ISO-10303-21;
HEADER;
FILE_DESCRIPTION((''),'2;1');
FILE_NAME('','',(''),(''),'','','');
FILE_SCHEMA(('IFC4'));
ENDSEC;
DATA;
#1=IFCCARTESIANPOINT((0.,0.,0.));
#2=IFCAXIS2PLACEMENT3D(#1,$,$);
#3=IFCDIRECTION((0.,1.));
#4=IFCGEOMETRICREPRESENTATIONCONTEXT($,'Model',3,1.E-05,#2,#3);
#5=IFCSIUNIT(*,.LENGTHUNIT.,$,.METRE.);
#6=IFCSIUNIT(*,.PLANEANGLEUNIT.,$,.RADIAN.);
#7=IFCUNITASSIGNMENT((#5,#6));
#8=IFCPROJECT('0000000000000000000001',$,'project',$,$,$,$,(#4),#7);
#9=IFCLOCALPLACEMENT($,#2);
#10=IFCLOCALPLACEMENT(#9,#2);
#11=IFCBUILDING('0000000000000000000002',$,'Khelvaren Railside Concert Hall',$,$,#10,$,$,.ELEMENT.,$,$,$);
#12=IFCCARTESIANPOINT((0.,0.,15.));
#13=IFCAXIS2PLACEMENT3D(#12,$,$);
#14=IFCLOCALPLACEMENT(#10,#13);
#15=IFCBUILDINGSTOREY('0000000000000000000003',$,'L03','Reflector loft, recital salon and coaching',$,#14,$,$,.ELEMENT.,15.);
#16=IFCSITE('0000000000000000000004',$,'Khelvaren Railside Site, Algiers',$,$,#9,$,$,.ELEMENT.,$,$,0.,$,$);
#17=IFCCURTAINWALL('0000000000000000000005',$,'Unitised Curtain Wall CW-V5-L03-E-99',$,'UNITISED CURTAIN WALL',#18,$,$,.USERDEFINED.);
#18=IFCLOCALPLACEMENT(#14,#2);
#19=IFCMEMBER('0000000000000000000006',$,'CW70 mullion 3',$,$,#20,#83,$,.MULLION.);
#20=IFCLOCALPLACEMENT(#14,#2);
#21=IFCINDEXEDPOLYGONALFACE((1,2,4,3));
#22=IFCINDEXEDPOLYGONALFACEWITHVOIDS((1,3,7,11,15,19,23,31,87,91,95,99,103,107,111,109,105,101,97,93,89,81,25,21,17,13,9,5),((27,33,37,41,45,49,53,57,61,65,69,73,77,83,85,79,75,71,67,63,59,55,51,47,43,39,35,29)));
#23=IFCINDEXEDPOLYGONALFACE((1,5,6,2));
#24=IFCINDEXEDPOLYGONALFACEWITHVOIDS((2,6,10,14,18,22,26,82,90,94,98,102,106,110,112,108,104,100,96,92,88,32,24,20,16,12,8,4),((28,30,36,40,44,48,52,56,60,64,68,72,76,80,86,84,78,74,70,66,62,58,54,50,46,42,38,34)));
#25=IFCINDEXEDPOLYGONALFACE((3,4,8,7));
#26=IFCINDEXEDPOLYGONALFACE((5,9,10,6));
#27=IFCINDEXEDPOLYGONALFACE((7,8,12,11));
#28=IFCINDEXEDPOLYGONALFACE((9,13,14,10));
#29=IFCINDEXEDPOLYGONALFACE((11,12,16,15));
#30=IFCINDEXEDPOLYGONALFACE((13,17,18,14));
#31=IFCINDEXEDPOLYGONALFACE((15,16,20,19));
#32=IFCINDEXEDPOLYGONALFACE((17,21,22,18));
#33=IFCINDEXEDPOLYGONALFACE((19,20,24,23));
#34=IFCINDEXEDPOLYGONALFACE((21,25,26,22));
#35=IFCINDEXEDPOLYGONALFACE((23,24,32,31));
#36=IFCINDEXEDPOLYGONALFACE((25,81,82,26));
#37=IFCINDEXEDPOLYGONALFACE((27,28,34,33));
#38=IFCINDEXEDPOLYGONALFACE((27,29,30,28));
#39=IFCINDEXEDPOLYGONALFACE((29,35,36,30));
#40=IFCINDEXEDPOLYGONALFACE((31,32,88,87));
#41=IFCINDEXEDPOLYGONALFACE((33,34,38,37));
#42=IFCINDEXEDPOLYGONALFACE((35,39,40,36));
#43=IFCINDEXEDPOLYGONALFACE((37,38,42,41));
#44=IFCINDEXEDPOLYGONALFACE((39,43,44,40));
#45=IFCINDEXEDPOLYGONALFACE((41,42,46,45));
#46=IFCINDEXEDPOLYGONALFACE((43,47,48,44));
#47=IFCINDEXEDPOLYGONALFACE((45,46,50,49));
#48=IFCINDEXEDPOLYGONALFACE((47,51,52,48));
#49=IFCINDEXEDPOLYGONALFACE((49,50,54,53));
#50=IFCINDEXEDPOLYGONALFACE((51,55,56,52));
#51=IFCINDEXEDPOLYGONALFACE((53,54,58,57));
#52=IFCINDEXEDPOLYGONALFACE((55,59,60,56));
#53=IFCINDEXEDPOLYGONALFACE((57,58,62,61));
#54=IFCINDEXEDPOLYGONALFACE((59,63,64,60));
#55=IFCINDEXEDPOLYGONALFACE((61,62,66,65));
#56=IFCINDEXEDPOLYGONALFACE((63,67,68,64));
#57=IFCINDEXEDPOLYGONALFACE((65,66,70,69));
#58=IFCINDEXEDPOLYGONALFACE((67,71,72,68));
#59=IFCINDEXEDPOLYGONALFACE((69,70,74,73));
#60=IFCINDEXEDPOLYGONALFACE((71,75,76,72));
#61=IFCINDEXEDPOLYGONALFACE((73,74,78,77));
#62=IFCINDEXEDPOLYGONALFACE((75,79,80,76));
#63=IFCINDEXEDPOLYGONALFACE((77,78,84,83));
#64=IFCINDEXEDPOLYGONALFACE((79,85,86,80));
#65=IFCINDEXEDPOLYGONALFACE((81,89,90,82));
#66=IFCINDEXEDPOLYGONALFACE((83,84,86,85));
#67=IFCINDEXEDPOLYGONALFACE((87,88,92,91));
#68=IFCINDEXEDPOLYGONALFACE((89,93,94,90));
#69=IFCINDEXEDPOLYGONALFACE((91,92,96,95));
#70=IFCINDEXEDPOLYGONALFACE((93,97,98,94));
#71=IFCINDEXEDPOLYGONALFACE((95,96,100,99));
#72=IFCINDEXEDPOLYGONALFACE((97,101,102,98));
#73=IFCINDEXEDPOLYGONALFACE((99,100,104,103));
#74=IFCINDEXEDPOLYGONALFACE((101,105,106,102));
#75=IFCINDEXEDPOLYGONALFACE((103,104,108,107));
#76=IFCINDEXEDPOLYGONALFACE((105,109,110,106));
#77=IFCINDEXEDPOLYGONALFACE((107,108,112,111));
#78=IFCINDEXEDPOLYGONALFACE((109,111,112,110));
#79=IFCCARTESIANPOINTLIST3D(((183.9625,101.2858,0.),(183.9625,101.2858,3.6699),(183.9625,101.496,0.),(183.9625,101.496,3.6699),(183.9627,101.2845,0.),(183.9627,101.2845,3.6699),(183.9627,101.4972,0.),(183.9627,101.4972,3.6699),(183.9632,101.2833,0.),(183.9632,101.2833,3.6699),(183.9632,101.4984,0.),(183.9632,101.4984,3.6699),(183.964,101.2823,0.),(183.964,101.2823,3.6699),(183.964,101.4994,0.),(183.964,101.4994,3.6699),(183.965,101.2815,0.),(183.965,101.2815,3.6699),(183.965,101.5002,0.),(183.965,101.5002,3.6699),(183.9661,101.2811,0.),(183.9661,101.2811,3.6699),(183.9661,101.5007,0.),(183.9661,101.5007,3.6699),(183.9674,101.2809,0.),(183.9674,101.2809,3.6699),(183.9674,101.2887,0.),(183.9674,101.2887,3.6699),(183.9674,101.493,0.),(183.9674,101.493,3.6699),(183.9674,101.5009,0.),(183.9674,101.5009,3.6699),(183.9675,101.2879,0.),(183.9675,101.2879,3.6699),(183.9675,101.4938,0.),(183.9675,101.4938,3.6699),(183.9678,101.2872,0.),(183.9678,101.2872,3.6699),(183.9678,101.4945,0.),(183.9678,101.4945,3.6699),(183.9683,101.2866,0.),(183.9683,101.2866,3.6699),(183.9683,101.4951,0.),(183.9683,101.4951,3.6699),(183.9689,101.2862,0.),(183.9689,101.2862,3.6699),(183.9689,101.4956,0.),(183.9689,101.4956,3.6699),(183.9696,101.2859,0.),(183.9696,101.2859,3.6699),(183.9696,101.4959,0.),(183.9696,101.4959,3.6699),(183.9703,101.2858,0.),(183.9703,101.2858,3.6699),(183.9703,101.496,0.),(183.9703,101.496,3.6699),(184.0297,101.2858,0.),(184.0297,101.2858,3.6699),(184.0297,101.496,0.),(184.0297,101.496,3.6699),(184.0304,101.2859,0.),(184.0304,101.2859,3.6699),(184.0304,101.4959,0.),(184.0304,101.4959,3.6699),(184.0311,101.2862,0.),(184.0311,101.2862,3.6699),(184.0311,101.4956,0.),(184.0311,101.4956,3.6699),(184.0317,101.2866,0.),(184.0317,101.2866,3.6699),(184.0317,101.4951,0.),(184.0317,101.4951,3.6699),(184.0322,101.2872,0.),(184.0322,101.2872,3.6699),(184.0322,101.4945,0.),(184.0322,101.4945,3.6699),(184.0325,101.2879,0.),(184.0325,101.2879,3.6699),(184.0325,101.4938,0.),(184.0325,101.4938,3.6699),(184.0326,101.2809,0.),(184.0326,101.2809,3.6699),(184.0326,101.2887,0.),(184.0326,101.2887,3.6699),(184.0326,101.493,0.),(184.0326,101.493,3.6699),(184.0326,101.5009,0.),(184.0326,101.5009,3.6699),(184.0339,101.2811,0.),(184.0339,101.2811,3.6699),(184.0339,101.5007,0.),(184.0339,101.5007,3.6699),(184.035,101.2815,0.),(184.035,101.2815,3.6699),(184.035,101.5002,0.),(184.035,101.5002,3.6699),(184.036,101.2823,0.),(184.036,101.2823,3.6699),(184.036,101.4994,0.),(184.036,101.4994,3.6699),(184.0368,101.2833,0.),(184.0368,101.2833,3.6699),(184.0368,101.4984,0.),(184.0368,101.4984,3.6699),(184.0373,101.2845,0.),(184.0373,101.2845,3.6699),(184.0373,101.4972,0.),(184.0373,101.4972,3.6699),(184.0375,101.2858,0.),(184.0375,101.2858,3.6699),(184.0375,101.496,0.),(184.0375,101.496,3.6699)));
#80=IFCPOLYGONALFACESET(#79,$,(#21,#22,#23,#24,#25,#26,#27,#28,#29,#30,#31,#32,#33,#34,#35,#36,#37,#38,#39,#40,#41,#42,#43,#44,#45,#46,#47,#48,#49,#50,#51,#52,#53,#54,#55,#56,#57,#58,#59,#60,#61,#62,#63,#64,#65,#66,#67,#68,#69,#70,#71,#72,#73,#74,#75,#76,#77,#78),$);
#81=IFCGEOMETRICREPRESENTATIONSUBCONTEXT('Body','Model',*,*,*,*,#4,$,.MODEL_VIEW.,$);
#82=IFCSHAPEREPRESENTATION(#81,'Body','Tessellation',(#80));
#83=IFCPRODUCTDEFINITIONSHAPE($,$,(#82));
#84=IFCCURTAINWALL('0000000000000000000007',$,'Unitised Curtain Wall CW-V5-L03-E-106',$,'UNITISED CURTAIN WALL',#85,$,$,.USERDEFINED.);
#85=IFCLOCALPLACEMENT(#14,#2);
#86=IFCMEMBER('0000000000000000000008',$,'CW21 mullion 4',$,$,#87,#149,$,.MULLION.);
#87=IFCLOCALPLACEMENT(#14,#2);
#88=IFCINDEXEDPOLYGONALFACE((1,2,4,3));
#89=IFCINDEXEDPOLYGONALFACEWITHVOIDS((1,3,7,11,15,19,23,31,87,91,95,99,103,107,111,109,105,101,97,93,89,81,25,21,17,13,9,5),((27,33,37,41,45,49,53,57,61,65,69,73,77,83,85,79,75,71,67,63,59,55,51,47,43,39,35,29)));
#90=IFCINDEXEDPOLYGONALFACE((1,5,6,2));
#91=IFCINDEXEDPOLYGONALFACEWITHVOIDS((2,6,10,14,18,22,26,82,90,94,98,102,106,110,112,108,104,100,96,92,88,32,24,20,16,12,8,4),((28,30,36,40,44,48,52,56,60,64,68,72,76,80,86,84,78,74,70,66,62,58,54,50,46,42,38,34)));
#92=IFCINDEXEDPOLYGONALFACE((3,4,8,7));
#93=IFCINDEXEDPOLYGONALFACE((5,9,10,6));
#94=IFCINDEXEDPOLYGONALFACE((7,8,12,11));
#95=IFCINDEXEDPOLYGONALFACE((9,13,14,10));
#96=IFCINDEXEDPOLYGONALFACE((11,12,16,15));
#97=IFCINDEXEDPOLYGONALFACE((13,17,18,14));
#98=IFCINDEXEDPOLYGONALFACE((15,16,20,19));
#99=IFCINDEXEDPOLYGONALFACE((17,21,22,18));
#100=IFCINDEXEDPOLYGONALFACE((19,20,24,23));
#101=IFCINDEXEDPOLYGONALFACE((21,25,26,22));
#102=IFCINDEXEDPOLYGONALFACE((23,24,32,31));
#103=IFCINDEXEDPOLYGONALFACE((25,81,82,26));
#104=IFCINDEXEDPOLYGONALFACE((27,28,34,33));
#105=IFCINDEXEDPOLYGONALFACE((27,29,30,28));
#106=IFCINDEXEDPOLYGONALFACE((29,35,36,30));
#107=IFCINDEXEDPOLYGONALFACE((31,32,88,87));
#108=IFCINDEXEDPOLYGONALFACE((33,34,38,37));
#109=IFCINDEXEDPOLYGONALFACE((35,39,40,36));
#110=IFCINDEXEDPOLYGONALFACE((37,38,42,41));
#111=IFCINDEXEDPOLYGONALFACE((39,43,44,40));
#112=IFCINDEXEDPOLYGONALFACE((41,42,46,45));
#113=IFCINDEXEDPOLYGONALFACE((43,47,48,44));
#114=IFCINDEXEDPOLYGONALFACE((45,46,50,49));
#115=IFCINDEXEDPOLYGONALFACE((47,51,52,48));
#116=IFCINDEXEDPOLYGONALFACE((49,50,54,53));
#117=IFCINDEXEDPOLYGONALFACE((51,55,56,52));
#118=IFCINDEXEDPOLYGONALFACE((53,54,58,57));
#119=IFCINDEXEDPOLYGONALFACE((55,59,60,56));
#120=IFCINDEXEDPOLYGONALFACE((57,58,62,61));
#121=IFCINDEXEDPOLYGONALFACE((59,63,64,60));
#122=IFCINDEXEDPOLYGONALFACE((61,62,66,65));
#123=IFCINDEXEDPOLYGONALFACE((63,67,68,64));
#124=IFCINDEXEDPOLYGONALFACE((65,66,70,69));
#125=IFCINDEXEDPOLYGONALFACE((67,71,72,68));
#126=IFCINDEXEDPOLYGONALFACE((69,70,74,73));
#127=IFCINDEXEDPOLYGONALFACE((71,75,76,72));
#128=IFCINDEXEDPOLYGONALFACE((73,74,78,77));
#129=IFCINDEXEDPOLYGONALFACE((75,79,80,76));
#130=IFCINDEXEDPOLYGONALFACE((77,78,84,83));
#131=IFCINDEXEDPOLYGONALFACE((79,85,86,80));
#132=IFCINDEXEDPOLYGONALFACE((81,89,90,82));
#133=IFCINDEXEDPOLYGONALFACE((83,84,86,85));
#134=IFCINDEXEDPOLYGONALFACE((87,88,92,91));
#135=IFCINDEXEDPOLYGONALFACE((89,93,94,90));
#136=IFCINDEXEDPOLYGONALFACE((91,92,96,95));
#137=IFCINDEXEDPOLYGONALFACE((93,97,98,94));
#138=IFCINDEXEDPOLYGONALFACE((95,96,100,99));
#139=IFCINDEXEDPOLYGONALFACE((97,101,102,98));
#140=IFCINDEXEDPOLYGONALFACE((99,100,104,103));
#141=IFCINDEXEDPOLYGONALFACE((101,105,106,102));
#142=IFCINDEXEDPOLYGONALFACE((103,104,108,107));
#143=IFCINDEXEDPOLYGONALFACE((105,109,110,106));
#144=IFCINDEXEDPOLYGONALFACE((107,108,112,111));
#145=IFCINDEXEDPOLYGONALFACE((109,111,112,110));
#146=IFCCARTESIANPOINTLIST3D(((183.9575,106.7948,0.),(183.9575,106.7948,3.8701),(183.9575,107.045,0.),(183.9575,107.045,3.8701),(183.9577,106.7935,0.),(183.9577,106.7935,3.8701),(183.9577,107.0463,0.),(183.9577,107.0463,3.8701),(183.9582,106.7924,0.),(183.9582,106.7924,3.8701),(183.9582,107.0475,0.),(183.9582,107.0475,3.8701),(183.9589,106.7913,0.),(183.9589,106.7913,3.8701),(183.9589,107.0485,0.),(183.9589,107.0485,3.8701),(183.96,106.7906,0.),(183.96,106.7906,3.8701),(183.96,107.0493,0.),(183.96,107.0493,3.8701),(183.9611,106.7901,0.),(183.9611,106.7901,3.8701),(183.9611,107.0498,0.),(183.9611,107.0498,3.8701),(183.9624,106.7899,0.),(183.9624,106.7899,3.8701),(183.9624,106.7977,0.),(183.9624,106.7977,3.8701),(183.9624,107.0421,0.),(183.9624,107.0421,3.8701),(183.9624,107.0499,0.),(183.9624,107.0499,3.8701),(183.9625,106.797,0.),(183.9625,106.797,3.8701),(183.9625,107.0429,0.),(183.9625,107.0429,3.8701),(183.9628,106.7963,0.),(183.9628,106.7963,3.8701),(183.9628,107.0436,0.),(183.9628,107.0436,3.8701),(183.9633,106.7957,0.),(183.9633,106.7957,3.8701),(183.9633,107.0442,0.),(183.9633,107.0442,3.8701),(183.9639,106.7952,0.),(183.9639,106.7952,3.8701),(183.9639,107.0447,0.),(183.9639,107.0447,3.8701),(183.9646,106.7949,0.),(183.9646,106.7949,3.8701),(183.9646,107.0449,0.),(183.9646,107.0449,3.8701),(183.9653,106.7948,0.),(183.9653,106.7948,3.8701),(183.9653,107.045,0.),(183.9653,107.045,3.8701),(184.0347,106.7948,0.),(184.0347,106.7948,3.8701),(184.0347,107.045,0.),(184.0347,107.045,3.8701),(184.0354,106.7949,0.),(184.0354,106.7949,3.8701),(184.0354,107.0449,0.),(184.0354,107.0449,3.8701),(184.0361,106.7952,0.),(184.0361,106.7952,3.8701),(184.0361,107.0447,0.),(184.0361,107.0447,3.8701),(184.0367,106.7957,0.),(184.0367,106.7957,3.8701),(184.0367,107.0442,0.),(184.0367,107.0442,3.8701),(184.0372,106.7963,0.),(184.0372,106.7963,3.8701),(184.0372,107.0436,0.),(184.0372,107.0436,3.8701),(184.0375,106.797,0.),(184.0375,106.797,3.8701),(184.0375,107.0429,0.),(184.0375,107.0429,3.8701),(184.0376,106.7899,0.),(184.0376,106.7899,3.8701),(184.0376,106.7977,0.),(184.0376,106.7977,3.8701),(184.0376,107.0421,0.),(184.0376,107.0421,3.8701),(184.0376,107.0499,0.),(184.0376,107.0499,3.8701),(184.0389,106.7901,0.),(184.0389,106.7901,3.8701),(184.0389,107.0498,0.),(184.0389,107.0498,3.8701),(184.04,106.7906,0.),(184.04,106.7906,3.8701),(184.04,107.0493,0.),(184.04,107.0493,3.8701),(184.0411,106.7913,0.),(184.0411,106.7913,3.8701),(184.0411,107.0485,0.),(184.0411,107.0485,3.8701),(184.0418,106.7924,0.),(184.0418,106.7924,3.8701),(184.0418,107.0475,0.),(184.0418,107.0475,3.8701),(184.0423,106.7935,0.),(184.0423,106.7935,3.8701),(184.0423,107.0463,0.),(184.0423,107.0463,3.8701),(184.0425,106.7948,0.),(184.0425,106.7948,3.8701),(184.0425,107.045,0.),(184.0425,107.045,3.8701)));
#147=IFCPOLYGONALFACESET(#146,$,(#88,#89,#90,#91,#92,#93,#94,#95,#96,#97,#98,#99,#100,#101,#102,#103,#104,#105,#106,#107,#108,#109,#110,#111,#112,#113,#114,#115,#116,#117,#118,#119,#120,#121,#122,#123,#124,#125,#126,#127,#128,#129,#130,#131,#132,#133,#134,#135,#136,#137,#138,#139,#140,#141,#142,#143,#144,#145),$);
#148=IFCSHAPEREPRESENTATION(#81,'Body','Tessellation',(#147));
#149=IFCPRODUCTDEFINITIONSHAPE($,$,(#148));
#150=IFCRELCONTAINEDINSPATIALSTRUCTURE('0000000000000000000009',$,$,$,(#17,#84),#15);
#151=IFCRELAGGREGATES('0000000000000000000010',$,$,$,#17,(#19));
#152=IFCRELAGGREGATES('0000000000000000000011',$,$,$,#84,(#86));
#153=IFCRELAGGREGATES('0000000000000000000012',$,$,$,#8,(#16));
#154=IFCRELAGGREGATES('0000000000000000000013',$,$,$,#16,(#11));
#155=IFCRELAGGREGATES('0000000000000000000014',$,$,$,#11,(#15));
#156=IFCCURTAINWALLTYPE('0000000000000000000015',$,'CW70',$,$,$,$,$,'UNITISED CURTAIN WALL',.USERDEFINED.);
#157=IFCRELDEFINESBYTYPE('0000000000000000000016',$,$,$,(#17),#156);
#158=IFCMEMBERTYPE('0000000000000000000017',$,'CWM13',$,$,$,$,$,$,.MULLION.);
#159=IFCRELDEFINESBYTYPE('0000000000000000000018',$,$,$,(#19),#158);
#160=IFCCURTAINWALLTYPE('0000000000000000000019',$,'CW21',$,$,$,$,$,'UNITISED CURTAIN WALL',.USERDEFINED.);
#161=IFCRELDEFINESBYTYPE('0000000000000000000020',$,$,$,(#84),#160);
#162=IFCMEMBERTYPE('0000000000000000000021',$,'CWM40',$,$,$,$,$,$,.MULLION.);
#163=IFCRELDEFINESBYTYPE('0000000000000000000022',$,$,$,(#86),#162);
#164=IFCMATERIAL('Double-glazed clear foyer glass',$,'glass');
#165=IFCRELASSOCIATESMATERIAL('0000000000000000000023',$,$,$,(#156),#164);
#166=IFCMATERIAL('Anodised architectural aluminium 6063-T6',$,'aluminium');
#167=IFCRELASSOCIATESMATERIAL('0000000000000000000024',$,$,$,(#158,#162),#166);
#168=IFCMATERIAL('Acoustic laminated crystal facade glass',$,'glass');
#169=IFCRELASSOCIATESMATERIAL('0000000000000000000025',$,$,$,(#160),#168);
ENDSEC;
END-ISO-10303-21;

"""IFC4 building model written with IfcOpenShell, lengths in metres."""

from ifc_helpers import new_model, si_unit, direction, frame, origin, origin_2d, place, context, subcontext, project, spatial, hollow_rectangle, extrude, material, material_profile, profile_set, type_object, element, aggregate, save


model = new_model("IFC4")

# Units and contexts
model_context = context("Model", 3, precision=1e-05, world=origin(), true_north=direction((0.0, 1.0)))
body_context = subcontext(model_context, "Body", "Model", "MODEL_VIEW")
ifc_project = project(units=[si_unit("LENGTHUNIT", "METRE"), si_unit("PLANEANGLEUNIT", "RADIAN")], contexts=[model_context])

# Site, building, storey
site_placement = place(None, origin())
site = spatial("IfcSite", under=ifc_project, at=site_placement, Name="Khelvaren Railside Site, Algiers", CompositionType="ELEMENT", RefElevation=0.0)
building_placement = place(site_placement, origin())
building = spatial("IfcBuilding", under=site, at=building_placement, Name="Khelvaren Railside Concert Hall", CompositionType="ELEMENT")
storey_placement = place(building_placement, frame((0.0, 0.0, 15.0)))
storey = spatial("IfcBuildingStorey", under=building, at=storey_placement, Name="L03", Description="Reflector loft, recital salon and coaching", CompositionType="ELEMENT", Elevation=15.0)

# Curtain wall, member
ifc_material_1 = material(Name="Double-glazed clear foyer glass", Category="glass")
curtain_wall_type_1 = type_object("IfcCurtainWallType", Name="CW70", ElementType="UNITISED CURTAIN WALL", PredefinedType="USERDEFINED", material=ifc_material_1)
curtain_wall_1_placement = place(storey_placement, origin())
curtain_wall_1 = element("IfcCurtainWall", 1, at=curtain_wall_1_placement, inside=storey, type_object=curtain_wall_type_1, Name="Unitised Curtain Wall CW-V5-L03-E-99", ObjectType="UNITISED CURTAIN WALL", PredefinedType="USERDEFINED")
ifc_material_2 = material(Name="Anodised architectural aluminium 6063-T6", Category="aluminium")
ifc_material_profile_1 = material_profile(ifc_material_2, hollow_rectangle(XDim=0.075, YDim=0.22, WallThickness=0.0049, InnerFilletRadius=0.0029, OuterFilletRadius=0.0049, at=origin_2d()), Name="CWM 75x220x5")
ifc_profile_set_1 = profile_set([ifc_material_profile_1], Name="Anodised architectural aluminium 6063-T6")
member_type_1 = type_object("IfcMemberType", Name="CWM13", PredefinedType="MULLION", material=ifc_profile_set_1)
member_1_placement = place(storey_placement, frame((184.0, 101.3909, 0.0), z_axis=(0.0, 0.0, 1.0), x_axis=(1.0, 0.0, 0.0)))
member_1 = element("IfcMember", 2, at=member_1_placement, type_object=member_type_1, Name="CW70 mullion 3", PredefinedType="MULLION", context=body_context, shape_type="SweptSolid", body=[
    extrude(hollow_rectangle(XDim=0.075, YDim=0.22, WallThickness=0.0049, InnerFilletRadius=0.0029, OuterFilletRadius=0.0049, at=origin_2d()), origin(), (0.0, 0.0, 1.0), 3.6699),
])

# Curtain wall, member
ifc_material_3 = material(Name="Acoustic laminated crystal facade glass", Category="glass")
curtain_wall_type_2 = type_object("IfcCurtainWallType", Name="CW21", ElementType="UNITISED CURTAIN WALL", PredefinedType="USERDEFINED", material=ifc_material_3)
curtain_wall_2_placement = place(storey_placement, origin())
curtain_wall_2 = element("IfcCurtainWall", 3, at=curtain_wall_2_placement, inside=storey, type_object=curtain_wall_type_2, Name="Unitised Curtain Wall CW-V5-L03-E-106", ObjectType="UNITISED CURTAIN WALL", PredefinedType="USERDEFINED")
ifc_material_profile_2 = material_profile(ifc_material_2, hollow_rectangle(XDim=0.085, YDim=0.26, WallThickness=0.0049, InnerFilletRadius=0.0029, OuterFilletRadius=0.0049, at=origin_2d()), Name="CWM 85x260x5")
ifc_profile_set_2 = profile_set([ifc_material_profile_2], Name="Anodised architectural aluminium 6063-T6")
member_type_2 = type_object("IfcMemberType", Name="CWM40", PredefinedType="MULLION", material=ifc_profile_set_2)
member_2_placement = place(storey_placement, frame((184.0, 106.9199, 0.0), z_axis=(0.0, 0.0, 1.0), x_axis=(1.0, 0.0, 0.0)))
member_2 = element("IfcMember", 4, at=member_2_placement, type_object=member_type_2, Name="CW21 mullion 4", PredefinedType="MULLION", context=body_context, shape_type="SweptSolid", body=[
    extrude(hollow_rectangle(XDim=0.085, YDim=0.26, WallThickness=0.0049, InnerFilletRadius=0.0029, OuterFilletRadius=0.0049, at=origin_2d()), origin(), (0.0, 0.0, 1.0), 3.8701),
])

aggregate(curtain_wall_1, [member_1])
aggregate(curtain_wall_2, [member_2])

save(model, "model.ifc")
